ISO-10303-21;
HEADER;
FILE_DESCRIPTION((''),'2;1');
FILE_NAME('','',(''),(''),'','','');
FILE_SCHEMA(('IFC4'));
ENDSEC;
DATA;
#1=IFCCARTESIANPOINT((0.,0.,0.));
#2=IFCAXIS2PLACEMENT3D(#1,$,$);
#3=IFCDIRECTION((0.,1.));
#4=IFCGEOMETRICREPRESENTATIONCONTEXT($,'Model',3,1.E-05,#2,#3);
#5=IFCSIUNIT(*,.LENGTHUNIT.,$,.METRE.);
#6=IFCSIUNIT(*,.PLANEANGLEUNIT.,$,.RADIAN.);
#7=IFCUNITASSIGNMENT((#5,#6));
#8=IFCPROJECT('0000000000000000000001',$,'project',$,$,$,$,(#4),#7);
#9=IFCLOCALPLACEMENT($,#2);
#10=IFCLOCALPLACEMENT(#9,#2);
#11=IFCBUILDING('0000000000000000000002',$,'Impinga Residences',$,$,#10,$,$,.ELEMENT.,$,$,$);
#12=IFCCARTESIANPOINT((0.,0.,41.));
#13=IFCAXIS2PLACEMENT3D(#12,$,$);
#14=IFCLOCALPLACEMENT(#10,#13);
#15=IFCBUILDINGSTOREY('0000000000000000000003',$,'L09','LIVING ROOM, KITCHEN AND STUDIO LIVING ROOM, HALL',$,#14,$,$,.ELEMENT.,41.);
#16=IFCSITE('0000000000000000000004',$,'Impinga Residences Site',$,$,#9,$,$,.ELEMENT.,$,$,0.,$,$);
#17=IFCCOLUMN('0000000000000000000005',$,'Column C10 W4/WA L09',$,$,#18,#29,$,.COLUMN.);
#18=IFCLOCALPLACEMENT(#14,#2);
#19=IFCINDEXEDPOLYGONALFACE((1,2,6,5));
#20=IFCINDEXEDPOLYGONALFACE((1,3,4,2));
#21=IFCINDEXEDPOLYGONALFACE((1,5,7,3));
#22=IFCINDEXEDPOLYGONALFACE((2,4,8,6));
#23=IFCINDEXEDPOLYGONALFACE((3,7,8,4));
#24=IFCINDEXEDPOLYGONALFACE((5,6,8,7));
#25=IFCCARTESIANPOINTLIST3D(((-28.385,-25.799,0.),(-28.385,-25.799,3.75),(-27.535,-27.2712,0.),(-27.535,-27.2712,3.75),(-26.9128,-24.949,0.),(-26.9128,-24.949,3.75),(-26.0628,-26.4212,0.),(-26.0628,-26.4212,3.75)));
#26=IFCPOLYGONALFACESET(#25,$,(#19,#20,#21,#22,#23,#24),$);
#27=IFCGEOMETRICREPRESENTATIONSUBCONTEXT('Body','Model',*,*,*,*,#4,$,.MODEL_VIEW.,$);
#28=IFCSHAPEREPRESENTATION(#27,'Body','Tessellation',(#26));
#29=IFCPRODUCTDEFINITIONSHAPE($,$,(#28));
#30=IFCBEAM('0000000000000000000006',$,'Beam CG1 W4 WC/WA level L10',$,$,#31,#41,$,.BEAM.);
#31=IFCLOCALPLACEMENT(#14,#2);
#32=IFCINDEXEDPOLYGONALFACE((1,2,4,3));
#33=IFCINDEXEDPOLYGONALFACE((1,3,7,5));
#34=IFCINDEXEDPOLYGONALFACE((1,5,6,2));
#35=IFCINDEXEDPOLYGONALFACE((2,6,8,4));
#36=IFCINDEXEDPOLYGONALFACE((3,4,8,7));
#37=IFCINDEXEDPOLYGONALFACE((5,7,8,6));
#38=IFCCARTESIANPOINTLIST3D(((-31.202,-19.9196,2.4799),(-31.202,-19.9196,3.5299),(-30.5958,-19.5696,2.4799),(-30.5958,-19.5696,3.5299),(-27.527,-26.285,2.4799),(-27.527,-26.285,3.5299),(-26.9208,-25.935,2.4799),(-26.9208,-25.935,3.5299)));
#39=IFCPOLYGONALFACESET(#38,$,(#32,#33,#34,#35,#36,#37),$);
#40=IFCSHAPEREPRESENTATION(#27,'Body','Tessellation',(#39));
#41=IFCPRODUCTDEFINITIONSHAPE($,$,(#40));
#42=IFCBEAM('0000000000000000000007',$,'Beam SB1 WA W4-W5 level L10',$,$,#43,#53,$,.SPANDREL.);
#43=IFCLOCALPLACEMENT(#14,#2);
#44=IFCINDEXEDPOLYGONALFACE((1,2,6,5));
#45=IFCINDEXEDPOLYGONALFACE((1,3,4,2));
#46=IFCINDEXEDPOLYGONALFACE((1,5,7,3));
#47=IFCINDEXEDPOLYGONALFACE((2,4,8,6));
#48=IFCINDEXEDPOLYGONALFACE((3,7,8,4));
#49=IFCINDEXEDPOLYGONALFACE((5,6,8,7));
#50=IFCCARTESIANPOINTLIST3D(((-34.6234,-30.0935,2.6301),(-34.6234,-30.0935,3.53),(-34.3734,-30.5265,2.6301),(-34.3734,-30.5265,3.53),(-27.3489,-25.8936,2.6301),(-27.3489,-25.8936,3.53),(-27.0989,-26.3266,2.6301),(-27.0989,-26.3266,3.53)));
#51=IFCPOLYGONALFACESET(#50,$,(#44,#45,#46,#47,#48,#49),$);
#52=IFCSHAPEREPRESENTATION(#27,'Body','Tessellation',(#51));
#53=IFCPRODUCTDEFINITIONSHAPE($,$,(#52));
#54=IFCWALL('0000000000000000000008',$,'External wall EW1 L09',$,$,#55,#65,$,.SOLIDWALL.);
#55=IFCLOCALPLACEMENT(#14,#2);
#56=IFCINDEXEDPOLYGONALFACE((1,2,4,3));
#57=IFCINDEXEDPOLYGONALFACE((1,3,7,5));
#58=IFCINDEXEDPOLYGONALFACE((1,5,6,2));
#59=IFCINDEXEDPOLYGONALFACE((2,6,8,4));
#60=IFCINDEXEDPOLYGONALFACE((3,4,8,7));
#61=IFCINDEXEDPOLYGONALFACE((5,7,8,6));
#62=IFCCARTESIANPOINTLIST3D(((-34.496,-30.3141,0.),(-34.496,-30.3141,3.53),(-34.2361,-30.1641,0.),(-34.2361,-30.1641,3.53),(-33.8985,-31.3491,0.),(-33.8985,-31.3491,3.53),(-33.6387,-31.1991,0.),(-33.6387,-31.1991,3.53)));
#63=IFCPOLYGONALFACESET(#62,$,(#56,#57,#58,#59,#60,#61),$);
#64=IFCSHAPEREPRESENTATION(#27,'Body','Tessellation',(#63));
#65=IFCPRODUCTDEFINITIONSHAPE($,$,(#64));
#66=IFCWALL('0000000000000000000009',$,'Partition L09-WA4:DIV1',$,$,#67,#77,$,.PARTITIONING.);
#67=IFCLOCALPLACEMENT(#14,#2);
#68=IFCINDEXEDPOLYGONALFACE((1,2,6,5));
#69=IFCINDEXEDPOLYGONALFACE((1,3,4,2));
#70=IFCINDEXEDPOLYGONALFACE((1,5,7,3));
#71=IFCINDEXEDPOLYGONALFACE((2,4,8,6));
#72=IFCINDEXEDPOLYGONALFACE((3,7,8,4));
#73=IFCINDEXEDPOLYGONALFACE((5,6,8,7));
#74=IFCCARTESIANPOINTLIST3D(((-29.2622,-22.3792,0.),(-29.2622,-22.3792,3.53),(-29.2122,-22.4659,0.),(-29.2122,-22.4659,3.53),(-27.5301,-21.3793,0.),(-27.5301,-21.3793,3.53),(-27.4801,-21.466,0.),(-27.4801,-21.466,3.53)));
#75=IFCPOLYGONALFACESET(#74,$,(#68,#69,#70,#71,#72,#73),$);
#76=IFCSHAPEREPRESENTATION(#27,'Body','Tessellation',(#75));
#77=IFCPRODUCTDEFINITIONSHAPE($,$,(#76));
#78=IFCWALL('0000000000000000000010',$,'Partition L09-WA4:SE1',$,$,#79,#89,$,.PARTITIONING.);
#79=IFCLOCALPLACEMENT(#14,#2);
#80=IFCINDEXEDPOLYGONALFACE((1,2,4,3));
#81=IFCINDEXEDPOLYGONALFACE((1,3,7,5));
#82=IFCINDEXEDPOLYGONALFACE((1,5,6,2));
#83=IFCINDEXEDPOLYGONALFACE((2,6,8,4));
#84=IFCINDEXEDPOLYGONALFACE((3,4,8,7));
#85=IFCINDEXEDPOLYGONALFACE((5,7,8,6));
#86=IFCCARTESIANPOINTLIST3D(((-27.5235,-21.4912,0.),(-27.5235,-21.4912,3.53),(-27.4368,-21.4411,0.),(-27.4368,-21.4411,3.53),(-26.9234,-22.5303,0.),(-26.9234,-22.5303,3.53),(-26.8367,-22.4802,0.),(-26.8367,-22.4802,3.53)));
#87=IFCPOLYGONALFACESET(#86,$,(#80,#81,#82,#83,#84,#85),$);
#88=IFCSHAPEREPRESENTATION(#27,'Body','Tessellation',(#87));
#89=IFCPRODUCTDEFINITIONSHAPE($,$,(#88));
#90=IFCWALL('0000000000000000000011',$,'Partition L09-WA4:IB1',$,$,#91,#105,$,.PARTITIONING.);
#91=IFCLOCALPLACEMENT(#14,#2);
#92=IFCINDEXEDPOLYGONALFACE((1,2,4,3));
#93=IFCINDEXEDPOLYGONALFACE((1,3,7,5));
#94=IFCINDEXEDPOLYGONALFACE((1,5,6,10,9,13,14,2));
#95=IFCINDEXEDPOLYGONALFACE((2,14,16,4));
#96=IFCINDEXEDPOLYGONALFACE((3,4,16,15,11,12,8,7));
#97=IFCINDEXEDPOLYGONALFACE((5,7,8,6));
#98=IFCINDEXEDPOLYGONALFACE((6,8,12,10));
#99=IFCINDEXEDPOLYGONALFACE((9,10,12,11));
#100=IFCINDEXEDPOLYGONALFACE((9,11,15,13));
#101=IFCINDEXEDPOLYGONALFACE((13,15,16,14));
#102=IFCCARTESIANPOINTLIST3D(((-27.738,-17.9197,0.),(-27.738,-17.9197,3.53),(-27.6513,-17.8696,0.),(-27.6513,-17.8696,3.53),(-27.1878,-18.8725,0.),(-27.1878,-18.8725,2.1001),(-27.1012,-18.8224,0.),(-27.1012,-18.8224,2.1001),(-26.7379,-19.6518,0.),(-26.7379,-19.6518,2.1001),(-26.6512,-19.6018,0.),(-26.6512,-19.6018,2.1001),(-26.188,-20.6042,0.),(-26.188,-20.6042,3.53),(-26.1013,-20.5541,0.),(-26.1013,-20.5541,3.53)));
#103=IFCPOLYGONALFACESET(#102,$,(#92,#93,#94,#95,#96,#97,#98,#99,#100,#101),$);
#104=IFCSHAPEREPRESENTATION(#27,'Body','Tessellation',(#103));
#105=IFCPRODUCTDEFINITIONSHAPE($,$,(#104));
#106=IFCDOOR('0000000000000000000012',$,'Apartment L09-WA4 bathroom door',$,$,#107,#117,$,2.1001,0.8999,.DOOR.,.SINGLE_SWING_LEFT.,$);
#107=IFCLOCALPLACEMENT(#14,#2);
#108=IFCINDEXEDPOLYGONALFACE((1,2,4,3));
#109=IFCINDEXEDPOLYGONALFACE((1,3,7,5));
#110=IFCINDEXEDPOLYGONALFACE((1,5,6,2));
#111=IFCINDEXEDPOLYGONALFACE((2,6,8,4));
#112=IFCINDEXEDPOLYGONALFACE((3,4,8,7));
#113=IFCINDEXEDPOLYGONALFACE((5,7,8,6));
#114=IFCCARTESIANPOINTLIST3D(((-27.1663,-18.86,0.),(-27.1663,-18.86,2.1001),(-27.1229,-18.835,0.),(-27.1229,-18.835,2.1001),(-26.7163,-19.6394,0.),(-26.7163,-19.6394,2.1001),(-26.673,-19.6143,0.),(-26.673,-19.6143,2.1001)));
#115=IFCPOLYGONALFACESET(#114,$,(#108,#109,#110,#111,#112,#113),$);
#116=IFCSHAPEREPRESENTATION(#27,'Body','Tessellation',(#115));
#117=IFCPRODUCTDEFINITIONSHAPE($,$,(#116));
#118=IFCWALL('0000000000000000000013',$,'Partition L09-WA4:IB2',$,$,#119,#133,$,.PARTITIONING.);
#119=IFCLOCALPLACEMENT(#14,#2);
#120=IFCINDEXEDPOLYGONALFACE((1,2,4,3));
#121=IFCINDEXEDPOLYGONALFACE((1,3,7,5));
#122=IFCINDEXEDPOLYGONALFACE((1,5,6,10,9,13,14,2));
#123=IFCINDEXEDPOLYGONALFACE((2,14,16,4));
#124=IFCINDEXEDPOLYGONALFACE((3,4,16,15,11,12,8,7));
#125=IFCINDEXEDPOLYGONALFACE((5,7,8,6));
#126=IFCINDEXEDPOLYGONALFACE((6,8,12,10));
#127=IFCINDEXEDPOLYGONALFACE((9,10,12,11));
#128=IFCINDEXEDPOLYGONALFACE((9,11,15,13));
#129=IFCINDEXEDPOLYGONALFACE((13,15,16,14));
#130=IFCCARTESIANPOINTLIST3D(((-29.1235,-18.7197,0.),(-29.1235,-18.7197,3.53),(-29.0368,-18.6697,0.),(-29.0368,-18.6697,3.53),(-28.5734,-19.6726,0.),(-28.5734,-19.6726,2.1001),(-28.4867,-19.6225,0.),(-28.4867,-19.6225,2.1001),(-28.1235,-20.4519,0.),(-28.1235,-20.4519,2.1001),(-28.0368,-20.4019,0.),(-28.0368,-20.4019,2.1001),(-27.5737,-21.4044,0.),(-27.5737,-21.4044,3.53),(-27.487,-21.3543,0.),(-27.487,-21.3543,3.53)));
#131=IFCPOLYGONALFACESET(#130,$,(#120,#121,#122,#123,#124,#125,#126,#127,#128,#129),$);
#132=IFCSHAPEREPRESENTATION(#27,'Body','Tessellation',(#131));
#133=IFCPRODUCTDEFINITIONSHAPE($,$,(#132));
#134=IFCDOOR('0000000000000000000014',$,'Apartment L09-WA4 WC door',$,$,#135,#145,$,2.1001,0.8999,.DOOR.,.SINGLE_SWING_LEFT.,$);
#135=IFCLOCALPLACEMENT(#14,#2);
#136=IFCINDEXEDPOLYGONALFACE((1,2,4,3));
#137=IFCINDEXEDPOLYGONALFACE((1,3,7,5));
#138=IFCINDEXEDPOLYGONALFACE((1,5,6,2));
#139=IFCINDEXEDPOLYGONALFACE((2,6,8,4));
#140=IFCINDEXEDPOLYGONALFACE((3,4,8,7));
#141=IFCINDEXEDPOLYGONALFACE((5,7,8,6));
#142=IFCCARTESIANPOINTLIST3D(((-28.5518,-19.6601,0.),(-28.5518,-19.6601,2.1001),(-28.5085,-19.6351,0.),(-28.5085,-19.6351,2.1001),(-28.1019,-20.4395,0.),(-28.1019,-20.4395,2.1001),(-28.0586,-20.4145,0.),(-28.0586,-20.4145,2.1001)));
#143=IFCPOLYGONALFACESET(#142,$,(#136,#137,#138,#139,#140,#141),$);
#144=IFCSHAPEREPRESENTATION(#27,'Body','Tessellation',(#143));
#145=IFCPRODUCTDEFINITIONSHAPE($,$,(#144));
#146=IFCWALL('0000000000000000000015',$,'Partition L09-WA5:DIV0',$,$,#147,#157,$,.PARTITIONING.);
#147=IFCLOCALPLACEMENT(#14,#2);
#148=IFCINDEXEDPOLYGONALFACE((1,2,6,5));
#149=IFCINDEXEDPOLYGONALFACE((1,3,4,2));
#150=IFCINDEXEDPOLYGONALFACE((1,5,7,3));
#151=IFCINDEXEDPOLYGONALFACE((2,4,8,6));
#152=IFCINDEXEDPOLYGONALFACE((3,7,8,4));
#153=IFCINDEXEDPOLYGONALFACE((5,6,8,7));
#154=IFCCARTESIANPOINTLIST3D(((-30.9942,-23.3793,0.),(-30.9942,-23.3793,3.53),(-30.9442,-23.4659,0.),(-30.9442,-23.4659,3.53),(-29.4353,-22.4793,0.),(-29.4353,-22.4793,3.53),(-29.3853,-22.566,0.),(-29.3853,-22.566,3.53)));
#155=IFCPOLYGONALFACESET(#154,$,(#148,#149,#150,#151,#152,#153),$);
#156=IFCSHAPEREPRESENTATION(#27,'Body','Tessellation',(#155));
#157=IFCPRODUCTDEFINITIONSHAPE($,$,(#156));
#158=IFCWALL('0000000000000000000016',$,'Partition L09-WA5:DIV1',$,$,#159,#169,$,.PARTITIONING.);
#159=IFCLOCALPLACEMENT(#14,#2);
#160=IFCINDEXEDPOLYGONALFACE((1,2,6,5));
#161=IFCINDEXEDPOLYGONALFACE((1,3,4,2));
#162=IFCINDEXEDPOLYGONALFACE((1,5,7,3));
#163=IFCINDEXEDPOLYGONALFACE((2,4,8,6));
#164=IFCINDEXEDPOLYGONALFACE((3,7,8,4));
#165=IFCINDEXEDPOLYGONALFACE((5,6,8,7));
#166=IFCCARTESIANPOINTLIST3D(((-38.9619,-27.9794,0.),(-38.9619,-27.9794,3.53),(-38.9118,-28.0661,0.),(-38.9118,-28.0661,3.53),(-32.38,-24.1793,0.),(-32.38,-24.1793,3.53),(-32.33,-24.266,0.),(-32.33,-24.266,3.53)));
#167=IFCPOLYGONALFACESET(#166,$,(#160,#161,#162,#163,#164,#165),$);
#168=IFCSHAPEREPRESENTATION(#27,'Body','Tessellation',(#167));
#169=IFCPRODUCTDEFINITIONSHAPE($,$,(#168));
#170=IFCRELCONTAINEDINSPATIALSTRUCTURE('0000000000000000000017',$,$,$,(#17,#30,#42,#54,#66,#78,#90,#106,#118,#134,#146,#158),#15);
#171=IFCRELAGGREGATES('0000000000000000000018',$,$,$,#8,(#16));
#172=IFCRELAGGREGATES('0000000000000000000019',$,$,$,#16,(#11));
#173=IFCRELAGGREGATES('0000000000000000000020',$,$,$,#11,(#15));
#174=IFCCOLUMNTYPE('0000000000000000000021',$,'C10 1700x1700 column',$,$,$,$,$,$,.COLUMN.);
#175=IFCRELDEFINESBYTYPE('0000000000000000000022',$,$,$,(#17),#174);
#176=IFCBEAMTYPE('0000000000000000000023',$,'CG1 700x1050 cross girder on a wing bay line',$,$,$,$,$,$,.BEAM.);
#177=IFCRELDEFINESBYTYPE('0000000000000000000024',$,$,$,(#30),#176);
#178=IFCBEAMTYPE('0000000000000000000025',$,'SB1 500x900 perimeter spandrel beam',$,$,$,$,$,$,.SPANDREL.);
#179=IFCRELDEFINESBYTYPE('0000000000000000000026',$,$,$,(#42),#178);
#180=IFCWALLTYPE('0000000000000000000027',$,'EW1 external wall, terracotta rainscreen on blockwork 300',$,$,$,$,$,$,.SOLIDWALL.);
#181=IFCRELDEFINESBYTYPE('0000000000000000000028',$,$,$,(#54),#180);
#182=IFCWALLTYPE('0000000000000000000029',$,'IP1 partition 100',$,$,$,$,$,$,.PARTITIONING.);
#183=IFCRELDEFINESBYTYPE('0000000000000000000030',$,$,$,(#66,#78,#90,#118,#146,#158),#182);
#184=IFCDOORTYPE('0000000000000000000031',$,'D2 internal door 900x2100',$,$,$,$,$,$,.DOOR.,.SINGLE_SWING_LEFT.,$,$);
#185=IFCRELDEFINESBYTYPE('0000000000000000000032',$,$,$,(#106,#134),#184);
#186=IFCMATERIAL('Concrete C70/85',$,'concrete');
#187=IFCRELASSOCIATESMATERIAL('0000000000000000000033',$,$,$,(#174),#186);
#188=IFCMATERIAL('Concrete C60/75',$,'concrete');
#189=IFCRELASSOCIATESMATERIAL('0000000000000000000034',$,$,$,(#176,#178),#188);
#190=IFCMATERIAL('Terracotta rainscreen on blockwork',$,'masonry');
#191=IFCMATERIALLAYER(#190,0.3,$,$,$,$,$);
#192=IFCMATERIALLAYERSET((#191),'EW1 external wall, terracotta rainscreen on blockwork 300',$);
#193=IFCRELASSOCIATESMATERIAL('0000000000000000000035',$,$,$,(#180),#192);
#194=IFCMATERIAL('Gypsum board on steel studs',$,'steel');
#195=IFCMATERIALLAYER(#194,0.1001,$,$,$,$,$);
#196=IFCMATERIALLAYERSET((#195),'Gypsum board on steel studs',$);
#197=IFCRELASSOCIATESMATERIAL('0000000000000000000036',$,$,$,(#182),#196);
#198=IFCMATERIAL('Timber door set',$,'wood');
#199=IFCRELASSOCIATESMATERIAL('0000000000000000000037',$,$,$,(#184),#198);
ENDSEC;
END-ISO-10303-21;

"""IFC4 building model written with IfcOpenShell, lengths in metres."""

from ifc_helpers import new_model, si_unit, direction, frame, frame_2d, origin, origin_2d, place, context, subcontext, project, spatial, rectangle, extrude, material, layer, layer_set, material_profile, profile_set, type_object, element, fill, save


model = new_model("IFC4")

# Units and contexts
model_context = context("Model", 3, precision=1e-05, world=origin(), true_north=direction((0.0, 1.0)))
body_context = subcontext(model_context, "Body", "Model", "MODEL_VIEW")
ifc_project = project(units=[si_unit("LENGTHUNIT", "METRE"), si_unit("PLANEANGLEUNIT", "RADIAN")], contexts=[model_context])

# Site, building, storey
site_placement = place(None, origin())
site = spatial("IfcSite", under=ifc_project, at=site_placement, Name="Impinga Residences Site", CompositionType="ELEMENT", RefElevation=0.0)
building_placement = place(site_placement, origin())
building = spatial("IfcBuilding", under=site, at=building_placement, Name="Impinga Residences", CompositionType="ELEMENT")
storey_placement = place(building_placement, frame((0.0, 0.0, 41.0)))
storey = spatial("IfcBuildingStorey", under=building, at=storey_placement, Name="L09", Description="LIVING ROOM, KITCHEN AND STUDIO LIVING ROOM, HALL", CompositionType="ELEMENT", Elevation=41.0)

# Column
ifc_material_1 = material(Name="Concrete C70/85", Category="concrete")
ifc_material_profile_1 = material_profile(ifc_material_1, rectangle(XDim=1.7, YDim=1.7, at=origin_2d()), Name="RC 1700x1700")
ifc_profile_set_1 = profile_set([ifc_material_profile_1], Name="Concrete C70/85")
column_type = type_object("IfcColumnType", Name="C10 1700x1700 column", PredefinedType="COLUMN", material=ifc_profile_set_1)
column_placement = place(storey_placement, frame((-27.2239, -26.1101, 0.0), z_axis=(0.0, 0.0, 1.0), x_axis=(-0.5, 0.866025, 0.0)))
element("IfcColumn", 1, at=column_placement, inside=storey, type_object=column_type, Name="Column C10 W4/WA L09", PredefinedType="COLUMN", context=body_context, shape_type="SweptSolid", body=[
    extrude(rectangle(XDim=1.7, YDim=1.7, at=origin_2d()), origin(), (0.0, 0.0, 1.0), 3.75),
])

# Beams
ifc_material_2 = material(Name="Concrete C60/75", Category="concrete")
ifc_material_profile_2 = material_profile(ifc_material_2, rectangle(XDim=0.7, YDim=1.05, at=origin_2d()), Name="RC 700x1050")
ifc_profile_set_2 = profile_set([ifc_material_profile_2], Name="Concrete C60/75")
beam_type_1 = type_object("IfcBeamType", Name="CG1 700x1050 cross girder on a wing bay line", PredefinedType="BEAM", material=ifc_profile_set_2)
beam_1_placement = place(storey_placement, frame((-30.8989, -19.7446, 3.0049), z_axis=(0.499994, -0.866029, 0.0), x_axis=(0.866029, 0.499994, 0.0)))
element("IfcBeam", 2, at=beam_1_placement, inside=storey, type_object=beam_type_1, Name="Beam CG1 W4 WC/WA level L10", PredefinedType="BEAM", context=body_context, shape_type="SweptSolid", body=[
    extrude(rectangle(XDim=0.7, YDim=1.05, at=origin_2d()), origin(), (0.0, 0.0, 1.0), 7.3501),
])
ifc_material_profile_3 = material_profile(ifc_material_2, rectangle(XDim=0.5, YDim=0.8999, at=origin_2d()), Name="RC 500x900")
ifc_profile_set_3 = profile_set([ifc_material_profile_3], Name="Concrete C60/75")
beam_type_2 = type_object("IfcBeamType", Name="SB1 500x900 perimeter spandrel beam", PredefinedType="SPANDREL", material=ifc_profile_set_3)
beam_2_placement = place(storey_placement, frame((-27.2239, -26.1101, 3.0801), z_axis=(-0.866029, -0.499993, 0.0), x_axis=(0.499993, -0.866029, 0.0)))
element("IfcBeam", 3, at=beam_2_placement, inside=storey, type_object=beam_type_2, Name="Beam SB1 WA W4-W5 level L10", PredefinedType="SPANDREL", context=body_context, shape_type="SweptSolid", body=[
    extrude(rectangle(XDim=0.5, YDim=0.8999, at=origin_2d()), origin(), (0.0, 0.0, 1.0), 8.3999),
])

# Walls
ifc_material_3 = material(Name="Terracotta rainscreen on blockwork", Category="masonry")
ifc_layer_1 = layer(ifc_material_3, 0.3)
ifc_layer_set_1 = layer_set([ifc_layer_1], Name="EW1 external wall, terracotta rainscreen on blockwork 300")
wall_type_1 = type_object("IfcWallType", Name="EW1 external wall, terracotta rainscreen on blockwork 300", PredefinedType="SOLIDWALL", material=ifc_layer_set_1)
wall_1_placement = place(storey_placement, frame((-33.7686, -31.2742, 0.0), z_axis=(0.0, 0.0, 1.0), x_axis=(-0.499941, 0.86606, 0.0)))
element("IfcWall", 4, at=wall_1_placement, inside=storey, type_object=wall_type_1, Name="External wall EW1 L09", PredefinedType="SOLIDWALL", context=body_context, shape_type="SweptSolid", body=[
    extrude(rectangle(XDim=1.1951, YDim=0.3, at=frame_2d((0.5977, 0.0))), origin(), (0.0, 0.0, 1.0), 3.53),
])
ifc_material_4 = material(Name="Gypsum board on steel studs", Category="steel")
ifc_layer_2 = layer(ifc_material_4, 0.1001)
ifc_layer_set_2 = layer_set([ifc_layer_2], Name="Gypsum board on steel studs")
wall_type_2 = type_object("IfcWallType", Name="IP1 partition 100", PredefinedType="PARTITIONING", material=ifc_layer_set_2)
wall_2_placement = place(storey_placement, frame((-27.5051, -21.4226, 0.0), z_axis=(0.0, 0.0, 1.0), x_axis=(-0.866041, -0.499973, 0.0)))
element("IfcWall", 5, at=wall_2_placement, inside=storey, type_object=wall_type_2, Name="Partition L09-WA4:DIV1", PredefinedType="PARTITIONING", context=body_context, shape_type="SweptSolid", body=[
    extrude(rectangle(XDim=2.0, YDim=0.1001, at=frame_2d((1.0, 0.0))), origin(), (0.0, 0.0, 1.0), 3.53),
])
wall_3_placement = place(storey_placement, frame((-27.4802, -21.4661, 0.0), z_axis=(0.0, 0.0, 1.0), x_axis=(0.500122, -0.865955, 0.0)))
element("IfcWall", 6, at=wall_3_placement, inside=storey, type_object=wall_type_2, Name="Partition L09-WA4:SE1", PredefinedType="PARTITIONING", context=body_context, shape_type="SweptSolid", body=[
    extrude(rectangle(XDim=1.2, YDim=0.1001, at=frame_2d((0.6001, 0.0))), origin(), (0.0, 0.0, 1.0), 3.53),
])

# Walls, openings, doors
wall_4_placement = place(storey_placement, frame((-27.6946, -17.8948, 0.0), z_axis=(0.0, 0.0, 1.0), x_axis=(0.500027, -0.86601, 0.0)))
wall_4 = element("IfcWall", 7, at=wall_4_placement, inside=storey, type_object=wall_type_2, Name="Partition L09-WA4:IB1", PredefinedType="PARTITIONING", context=body_context, shape_type="SweptSolid", body=[
    extrude(rectangle(XDim=3.0999, YDim=0.1001, at=frame_2d((1.5498, 0.0))), origin(), (0.0, 0.0, 1.0), 3.53),
])
opening_1_placement = place(wall_4_placement, frame((1.1001, 0.0, 0.0)))
opening_1 = element("IfcOpeningElement", 8, at=opening_1_placement, cuts=wall_4, PredefinedType="OPENING", context=body_context, shape_type="SweptSolid", body=[
    extrude(rectangle(XDim=0.8999, YDim=2.1001, at=frame_2d((0.45, 1.05))), frame((0.0, 0.0601, 0.0), z_axis=(0.0, -1.0, 0.0), x_axis=(1.0, 0.0, 0.0)), (0.0, 0.0, 1.0), 0.1201),
])
ifc_material_5 = material(Name="Timber door set", Category="wood")
door_type = type_object("IfcDoorType", Name="D2 internal door 900x2100", OperationType="SINGLE_SWING_LEFT", PredefinedType="DOOR", material=ifc_material_5)
door_1_placement = place(opening_1_placement, origin())
door_1 = element("IfcDoor", 9, at=door_1_placement, inside=storey, type_object=door_type, Name="Apartment L09-WA4 bathroom door", OperationType="SINGLE_SWING_LEFT", OverallHeight=2.1001, OverallWidth=0.8999, PredefinedType="DOOR", context=body_context, shape_type="SweptSolid", body=[
    extrude(rectangle(XDim=0.8999, YDim=2.1001, at=frame_2d((0.45, 1.05))), frame((0.0, 0.0249, 0.0), z_axis=(0.0, -1.0, 0.0), x_axis=(1.0, 0.0, 0.0)), (0.0, 0.0, 1.0), 0.05),
])
fill(opening_1, door_1)
wall_5_placement = place(storey_placement, frame((-29.0801, -18.6948, 0.0), z_axis=(0.0, 0.0, 1.0), x_axis=(0.499968, -0.866044, 0.0)))
wall_5 = element("IfcWall", 10, at=wall_5_placement, inside=storey, type_object=wall_type_2, Name="Partition L09-WA4:IB2", PredefinedType="PARTITIONING", context=body_context, shape_type="SweptSolid", body=[
    extrude(rectangle(XDim=3.0999, YDim=0.1001, at=frame_2d((1.5498, 0.0))), origin(), (0.0, 0.0, 1.0), 3.53),
])
opening_2_placement = place(wall_5_placement, frame((1.1001, 0.0, 0.0)))
opening_2 = element("IfcOpeningElement", 11, at=opening_2_placement, cuts=wall_5, PredefinedType="OPENING", context=body_context, shape_type="SweptSolid", body=[
    extrude(rectangle(XDim=0.8999, YDim=2.1001, at=frame_2d((0.45, 1.05))), frame((0.0, 0.0601, 0.0), z_axis=(0.0, -1.0, 0.0), x_axis=(1.0, 0.0, 0.0)), (0.0, 0.0, 1.0), 0.1201),
])
door_2_placement = place(opening_2_placement, origin())
door_2 = element("IfcDoor", 12, at=door_2_placement, inside=storey, type_object=door_type, Name="Apartment L09-WA4 WC door", OperationType="SINGLE_SWING_LEFT", OverallHeight=2.1001, OverallWidth=0.8999, PredefinedType="DOOR", context=body_context, shape_type="SweptSolid", body=[
    extrude(rectangle(XDim=0.8999, YDim=2.1001, at=frame_2d((0.45, 1.05))), frame((0.0, 0.0249, 0.0), z_axis=(0.0, -1.0, 0.0), x_axis=(1.0, 0.0, 0.0)), (0.0, 0.0, 1.0), 0.05),
])
fill(opening_2, door_2)

# Walls
wall_6_placement = place(storey_placement, frame((-29.4104, -22.5227, 0.0), z_axis=(0.0, 0.0, 1.0), x_axis=(-0.866048, -0.499961, 0.0)))
element("IfcWall", 13, at=wall_6_placement, inside=storey, type_object=wall_type_2, Name="Partition L09-WA5:DIV0", PredefinedType="PARTITIONING", context=body_context, shape_type="SweptSolid", body=[
    extrude(rectangle(XDim=1.8, YDim=0.1001, at=frame_2d((0.8999, 0.0))), origin(), (0.0, 0.0, 1.0), 3.53),
])
wall_7_placement = place(storey_placement, frame((-32.355, -24.2227, 0.0), z_axis=(0.0, 0.0, 1.0), x_axis=(-0.866022, -0.500005, 0.0)))
element("IfcWall", 14, at=wall_7_placement, inside=storey, type_object=wall_type_2, Name="Partition L09-WA5:DIV1", PredefinedType="PARTITIONING", context=body_context, shape_type="SweptSolid", body=[
    extrude(rectangle(XDim=7.6001, YDim=0.1001, at=frame_2d((3.8, 0.0))), origin(), (0.0, 0.0, 1.0), 3.53),
])

save(model, "model.ifc")
